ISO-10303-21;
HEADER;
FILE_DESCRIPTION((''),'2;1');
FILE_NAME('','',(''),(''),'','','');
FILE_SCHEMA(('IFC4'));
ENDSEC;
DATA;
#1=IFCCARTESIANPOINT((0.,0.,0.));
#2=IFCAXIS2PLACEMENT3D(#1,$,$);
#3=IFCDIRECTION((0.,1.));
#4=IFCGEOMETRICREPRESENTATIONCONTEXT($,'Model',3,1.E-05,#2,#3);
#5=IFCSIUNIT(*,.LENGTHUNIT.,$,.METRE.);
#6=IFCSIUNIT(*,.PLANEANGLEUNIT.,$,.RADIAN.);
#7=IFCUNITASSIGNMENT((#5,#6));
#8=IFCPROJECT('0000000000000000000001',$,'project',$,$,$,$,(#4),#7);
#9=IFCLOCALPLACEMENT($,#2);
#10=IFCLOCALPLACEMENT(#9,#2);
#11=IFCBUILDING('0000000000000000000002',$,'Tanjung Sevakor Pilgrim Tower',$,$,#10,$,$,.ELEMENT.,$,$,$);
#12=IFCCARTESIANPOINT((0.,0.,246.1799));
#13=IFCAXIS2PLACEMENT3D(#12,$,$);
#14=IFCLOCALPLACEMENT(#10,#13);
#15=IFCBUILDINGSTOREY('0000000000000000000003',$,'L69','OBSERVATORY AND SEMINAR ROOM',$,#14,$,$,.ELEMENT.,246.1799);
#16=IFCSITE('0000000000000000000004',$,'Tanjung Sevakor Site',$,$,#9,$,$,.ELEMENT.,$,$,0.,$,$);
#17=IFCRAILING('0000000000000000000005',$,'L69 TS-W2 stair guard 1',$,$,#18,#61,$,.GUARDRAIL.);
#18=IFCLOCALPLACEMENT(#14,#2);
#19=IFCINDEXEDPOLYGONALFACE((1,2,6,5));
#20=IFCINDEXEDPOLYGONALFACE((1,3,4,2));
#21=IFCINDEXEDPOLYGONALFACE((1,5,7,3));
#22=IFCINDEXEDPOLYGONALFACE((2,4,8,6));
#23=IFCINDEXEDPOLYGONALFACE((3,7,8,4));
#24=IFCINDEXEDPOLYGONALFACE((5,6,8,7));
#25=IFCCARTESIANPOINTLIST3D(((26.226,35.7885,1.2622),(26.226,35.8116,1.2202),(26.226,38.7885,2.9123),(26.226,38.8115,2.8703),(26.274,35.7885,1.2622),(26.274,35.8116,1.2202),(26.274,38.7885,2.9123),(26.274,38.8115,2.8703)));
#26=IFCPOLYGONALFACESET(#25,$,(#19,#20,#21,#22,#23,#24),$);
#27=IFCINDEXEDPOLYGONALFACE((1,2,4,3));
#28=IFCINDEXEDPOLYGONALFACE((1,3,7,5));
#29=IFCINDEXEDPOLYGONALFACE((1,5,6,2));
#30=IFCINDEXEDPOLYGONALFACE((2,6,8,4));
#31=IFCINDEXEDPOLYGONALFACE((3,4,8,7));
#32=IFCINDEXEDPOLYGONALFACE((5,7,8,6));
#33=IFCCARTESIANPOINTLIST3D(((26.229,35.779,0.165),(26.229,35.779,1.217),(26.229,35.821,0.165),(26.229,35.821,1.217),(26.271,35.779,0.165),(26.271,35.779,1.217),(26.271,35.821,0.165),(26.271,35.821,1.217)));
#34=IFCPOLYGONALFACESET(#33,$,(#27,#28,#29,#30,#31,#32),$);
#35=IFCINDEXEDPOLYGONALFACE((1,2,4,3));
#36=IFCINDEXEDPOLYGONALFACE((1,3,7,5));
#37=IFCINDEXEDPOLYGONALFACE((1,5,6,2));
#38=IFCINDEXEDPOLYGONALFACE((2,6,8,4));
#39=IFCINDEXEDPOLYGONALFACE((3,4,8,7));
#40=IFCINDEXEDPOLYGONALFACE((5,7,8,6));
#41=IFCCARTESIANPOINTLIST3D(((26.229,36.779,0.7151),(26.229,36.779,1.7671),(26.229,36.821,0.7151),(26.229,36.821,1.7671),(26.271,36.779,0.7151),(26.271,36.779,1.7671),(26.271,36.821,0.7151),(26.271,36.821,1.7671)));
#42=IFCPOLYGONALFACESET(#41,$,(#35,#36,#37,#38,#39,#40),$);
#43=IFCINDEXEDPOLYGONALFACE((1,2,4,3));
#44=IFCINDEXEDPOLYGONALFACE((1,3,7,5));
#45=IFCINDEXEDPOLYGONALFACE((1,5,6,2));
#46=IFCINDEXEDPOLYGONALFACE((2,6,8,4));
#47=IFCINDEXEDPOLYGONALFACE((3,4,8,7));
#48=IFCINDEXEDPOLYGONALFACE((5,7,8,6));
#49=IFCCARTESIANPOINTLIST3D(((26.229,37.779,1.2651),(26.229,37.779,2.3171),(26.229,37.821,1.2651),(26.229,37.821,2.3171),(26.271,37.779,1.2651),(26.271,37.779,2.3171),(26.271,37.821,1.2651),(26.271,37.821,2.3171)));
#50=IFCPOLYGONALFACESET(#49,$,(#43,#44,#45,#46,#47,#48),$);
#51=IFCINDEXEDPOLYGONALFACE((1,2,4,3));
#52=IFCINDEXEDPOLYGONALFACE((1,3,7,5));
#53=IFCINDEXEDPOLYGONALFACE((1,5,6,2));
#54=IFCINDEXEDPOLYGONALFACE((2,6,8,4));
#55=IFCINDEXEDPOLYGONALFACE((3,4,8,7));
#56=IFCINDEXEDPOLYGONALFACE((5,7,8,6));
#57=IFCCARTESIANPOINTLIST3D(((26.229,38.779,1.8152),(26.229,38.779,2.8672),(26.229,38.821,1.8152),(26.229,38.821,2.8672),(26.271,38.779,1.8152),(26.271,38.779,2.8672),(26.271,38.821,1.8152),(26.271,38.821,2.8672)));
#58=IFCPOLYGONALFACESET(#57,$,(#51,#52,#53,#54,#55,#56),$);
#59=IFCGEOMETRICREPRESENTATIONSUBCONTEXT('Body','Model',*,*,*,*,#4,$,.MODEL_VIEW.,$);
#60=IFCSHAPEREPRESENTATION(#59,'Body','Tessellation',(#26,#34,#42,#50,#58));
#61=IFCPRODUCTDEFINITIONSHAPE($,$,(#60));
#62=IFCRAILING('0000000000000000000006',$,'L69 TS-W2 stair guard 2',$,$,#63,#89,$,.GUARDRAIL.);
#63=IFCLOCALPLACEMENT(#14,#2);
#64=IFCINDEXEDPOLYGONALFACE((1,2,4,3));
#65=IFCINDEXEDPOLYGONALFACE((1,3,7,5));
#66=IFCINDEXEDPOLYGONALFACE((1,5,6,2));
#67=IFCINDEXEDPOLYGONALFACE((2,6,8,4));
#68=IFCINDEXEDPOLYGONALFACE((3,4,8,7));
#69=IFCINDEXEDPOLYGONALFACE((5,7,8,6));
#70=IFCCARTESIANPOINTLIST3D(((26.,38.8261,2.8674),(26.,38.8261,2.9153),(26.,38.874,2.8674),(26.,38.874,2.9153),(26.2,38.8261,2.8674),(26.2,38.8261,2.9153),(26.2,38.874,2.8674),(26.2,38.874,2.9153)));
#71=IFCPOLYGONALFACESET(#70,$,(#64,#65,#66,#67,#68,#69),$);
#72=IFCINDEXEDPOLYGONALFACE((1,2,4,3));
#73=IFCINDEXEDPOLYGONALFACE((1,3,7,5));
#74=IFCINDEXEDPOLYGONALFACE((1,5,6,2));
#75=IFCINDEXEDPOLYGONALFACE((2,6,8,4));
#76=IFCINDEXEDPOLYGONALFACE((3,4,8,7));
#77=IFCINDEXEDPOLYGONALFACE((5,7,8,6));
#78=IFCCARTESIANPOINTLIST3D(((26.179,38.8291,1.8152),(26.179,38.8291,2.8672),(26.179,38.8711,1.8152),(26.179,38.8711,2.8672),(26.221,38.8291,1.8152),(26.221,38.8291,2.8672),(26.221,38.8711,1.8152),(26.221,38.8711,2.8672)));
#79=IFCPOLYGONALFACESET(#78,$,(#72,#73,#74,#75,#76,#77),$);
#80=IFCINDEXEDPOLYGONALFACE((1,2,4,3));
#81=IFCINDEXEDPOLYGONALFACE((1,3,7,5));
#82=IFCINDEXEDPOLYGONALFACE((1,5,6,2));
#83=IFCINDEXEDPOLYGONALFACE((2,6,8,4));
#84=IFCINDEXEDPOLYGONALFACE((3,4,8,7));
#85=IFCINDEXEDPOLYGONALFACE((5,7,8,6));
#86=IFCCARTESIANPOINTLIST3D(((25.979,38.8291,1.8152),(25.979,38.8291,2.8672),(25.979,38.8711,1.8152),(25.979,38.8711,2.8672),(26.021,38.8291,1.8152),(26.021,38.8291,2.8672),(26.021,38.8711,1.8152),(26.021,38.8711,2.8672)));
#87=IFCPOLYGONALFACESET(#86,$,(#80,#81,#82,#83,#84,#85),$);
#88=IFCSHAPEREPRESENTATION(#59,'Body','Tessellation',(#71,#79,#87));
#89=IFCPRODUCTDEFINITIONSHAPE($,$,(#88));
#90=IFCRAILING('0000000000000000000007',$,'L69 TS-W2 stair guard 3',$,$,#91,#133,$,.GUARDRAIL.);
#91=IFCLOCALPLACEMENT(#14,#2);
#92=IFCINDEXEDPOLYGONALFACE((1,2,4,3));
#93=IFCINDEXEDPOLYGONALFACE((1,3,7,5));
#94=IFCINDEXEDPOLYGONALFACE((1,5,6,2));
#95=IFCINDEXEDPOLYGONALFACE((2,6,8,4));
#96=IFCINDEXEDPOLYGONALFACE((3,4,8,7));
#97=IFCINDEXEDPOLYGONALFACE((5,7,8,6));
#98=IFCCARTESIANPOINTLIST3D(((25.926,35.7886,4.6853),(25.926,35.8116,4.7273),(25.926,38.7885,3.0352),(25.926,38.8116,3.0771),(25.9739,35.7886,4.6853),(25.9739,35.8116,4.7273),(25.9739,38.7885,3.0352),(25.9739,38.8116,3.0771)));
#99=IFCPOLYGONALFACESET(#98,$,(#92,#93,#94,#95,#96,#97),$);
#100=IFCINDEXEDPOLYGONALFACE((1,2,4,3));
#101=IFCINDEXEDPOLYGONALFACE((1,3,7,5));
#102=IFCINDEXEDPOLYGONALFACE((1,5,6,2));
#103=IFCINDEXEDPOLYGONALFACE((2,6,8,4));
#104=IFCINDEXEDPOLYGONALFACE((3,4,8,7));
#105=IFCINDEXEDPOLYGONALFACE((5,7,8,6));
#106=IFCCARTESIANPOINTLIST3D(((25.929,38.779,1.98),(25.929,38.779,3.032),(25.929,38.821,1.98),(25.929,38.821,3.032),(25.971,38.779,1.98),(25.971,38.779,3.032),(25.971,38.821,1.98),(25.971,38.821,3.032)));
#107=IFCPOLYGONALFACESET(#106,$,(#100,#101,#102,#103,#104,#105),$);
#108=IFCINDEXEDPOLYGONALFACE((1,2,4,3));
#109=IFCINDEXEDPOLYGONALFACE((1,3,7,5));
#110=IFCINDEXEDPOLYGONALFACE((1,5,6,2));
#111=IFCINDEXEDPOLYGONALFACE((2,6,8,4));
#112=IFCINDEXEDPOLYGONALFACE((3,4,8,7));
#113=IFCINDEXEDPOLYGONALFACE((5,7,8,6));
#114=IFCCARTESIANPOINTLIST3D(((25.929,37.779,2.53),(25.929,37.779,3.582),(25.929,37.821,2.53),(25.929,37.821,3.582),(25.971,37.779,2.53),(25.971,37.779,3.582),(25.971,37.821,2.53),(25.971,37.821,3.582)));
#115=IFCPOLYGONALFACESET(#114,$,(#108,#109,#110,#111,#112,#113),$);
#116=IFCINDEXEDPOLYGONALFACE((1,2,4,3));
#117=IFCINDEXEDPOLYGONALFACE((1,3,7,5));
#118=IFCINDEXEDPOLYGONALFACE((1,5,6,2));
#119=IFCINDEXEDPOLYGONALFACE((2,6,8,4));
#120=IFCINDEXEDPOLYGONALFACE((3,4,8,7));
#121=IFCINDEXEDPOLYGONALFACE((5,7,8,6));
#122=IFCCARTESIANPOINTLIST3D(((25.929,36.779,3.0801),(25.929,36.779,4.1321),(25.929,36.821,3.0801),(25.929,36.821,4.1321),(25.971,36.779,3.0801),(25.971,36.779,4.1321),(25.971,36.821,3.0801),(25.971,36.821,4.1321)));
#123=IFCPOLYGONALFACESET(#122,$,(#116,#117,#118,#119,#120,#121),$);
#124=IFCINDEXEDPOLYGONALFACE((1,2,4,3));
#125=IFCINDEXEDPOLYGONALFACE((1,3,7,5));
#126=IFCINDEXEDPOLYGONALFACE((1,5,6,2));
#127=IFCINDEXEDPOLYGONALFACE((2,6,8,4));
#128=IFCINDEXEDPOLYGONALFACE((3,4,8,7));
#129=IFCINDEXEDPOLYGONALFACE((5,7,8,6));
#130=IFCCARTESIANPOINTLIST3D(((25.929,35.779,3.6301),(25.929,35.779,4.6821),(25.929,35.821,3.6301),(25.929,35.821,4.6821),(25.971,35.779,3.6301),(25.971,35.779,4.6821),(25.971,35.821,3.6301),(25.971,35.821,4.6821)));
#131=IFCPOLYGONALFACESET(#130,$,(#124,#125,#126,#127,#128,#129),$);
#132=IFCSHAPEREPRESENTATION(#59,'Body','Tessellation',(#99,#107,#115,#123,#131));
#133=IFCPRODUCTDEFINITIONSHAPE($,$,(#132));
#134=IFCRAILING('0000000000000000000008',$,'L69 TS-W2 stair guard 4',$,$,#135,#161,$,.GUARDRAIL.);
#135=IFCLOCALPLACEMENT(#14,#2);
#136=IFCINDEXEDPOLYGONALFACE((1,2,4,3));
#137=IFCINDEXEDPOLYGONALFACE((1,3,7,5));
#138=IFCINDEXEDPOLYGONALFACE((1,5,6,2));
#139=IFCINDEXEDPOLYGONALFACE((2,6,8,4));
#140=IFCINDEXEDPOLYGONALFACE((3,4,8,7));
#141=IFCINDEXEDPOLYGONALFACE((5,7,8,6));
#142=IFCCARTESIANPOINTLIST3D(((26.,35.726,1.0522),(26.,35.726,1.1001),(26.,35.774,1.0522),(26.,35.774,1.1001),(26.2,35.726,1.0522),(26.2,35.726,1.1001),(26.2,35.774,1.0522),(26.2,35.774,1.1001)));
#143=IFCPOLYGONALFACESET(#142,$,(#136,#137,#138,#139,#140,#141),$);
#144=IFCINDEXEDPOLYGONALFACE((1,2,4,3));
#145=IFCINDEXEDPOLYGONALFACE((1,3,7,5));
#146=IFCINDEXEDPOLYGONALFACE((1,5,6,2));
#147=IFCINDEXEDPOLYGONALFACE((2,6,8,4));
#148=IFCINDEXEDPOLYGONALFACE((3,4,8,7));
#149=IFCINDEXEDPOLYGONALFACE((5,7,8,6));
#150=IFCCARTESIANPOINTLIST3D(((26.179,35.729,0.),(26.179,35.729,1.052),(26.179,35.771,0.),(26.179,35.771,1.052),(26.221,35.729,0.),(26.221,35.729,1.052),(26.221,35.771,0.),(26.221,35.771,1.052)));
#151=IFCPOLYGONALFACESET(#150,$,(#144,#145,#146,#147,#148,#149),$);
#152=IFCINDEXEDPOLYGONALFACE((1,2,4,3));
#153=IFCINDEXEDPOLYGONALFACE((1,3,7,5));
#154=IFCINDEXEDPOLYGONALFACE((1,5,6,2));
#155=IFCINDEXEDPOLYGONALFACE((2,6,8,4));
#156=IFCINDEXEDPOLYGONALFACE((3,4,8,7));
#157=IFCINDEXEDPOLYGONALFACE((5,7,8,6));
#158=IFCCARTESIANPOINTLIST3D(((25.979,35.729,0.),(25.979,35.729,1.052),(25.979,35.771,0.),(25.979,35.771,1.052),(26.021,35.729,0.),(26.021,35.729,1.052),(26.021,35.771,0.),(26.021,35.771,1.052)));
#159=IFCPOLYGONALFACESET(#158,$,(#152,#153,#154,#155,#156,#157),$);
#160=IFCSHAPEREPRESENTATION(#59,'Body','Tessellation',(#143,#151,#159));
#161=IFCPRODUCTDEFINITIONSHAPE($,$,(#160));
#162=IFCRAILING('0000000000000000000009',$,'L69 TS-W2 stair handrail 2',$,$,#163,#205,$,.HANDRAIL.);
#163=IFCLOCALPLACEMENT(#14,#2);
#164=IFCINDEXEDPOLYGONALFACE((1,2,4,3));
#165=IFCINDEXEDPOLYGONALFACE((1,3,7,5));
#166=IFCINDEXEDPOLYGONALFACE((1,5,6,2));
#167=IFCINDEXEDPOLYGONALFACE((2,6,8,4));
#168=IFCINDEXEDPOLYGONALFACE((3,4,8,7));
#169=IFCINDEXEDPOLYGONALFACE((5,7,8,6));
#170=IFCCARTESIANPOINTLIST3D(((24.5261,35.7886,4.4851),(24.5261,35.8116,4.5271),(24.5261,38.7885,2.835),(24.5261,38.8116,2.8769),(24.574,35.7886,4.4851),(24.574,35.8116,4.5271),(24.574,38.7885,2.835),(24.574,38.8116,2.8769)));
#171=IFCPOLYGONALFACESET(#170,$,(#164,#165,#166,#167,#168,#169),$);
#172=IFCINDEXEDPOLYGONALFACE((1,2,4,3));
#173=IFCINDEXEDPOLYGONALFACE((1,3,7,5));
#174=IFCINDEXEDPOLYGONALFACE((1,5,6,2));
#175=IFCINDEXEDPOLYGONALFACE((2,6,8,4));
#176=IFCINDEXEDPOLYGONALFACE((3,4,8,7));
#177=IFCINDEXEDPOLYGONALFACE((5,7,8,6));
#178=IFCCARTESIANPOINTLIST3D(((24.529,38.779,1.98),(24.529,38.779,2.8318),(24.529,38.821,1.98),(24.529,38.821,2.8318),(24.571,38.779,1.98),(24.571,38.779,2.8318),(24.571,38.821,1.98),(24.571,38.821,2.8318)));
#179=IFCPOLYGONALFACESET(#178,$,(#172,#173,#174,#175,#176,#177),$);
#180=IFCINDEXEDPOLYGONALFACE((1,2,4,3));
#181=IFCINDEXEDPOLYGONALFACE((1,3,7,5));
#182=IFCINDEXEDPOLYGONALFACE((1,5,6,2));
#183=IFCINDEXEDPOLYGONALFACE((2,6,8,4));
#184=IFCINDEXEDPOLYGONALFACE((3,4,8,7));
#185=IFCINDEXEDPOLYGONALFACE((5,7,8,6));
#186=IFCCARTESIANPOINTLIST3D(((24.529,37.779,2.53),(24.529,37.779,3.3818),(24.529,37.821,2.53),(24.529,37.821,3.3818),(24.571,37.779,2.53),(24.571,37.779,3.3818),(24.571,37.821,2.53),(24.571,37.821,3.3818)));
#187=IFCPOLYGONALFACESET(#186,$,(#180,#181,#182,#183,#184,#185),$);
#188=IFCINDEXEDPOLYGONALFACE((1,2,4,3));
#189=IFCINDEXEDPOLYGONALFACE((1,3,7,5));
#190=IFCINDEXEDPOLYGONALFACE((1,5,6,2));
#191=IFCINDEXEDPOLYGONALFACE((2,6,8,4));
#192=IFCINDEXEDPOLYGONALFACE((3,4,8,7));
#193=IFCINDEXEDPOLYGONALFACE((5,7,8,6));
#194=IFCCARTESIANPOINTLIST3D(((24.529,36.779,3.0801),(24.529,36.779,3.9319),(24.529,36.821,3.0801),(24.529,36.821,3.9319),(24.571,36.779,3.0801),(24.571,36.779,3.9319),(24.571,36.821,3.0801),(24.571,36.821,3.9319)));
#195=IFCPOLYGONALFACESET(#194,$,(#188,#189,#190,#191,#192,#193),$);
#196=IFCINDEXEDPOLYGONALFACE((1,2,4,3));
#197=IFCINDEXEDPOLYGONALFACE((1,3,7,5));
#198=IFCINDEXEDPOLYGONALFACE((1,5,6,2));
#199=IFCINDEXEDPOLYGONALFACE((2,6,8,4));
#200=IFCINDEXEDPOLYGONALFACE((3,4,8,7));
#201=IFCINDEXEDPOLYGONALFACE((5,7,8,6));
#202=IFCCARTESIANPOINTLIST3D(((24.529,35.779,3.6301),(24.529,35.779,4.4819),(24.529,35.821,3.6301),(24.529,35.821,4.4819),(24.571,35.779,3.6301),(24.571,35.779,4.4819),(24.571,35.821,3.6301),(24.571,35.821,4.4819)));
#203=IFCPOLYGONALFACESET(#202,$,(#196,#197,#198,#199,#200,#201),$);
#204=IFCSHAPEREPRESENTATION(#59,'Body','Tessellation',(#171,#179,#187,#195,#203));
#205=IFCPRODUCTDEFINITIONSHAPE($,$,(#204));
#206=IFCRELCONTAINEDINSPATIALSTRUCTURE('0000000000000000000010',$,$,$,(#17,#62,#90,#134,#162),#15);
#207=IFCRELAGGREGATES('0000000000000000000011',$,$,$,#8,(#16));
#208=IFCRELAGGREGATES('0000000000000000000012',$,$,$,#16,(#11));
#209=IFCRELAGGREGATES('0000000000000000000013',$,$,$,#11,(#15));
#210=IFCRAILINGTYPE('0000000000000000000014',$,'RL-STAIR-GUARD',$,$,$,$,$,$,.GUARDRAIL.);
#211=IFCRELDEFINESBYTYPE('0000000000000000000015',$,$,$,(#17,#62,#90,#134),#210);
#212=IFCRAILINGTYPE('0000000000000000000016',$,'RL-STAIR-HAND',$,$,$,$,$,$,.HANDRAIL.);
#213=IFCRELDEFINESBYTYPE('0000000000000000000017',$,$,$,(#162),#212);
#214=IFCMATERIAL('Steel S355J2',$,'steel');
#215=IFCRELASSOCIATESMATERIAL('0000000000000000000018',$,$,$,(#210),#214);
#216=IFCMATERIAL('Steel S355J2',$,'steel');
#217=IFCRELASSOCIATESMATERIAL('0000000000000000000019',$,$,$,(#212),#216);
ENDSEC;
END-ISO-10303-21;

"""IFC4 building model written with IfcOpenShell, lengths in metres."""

from ifc_helpers import new_model, si_unit, direction, frame, origin, place, context, subcontext, project, spatial, rectangle, extrude, material, type_object, element, save


model = new_model("IFC4")

# Units and contexts
model_context = context("Model", 3, precision=1e-05, world=origin(), true_north=direction((0.0, 1.0)))
body_context = subcontext(model_context, "Body", "Model", "MODEL_VIEW")
ifc_project = project(units=[si_unit("LENGTHUNIT", "METRE"), si_unit("PLANEANGLEUNIT", "RADIAN")], contexts=[model_context])

# Site, building, storey
site_placement = place(None, origin())
site = spatial("IfcSite", under=ifc_project, at=site_placement, Name="Tanjung Sevakor Site", CompositionType="ELEMENT", RefElevation=0.0)
building_placement = place(site_placement, origin())
building = spatial("IfcBuilding", under=site, at=building_placement, Name="Tanjung Sevakor Pilgrim Tower", CompositionType="ELEMENT")
storey_placement = place(building_placement, frame((0.0, 0.0, 246.1799)))
storey = spatial("IfcBuildingStorey", under=building, at=storey_placement, Name="L69", Description="OBSERVATORY AND SEMINAR ROOM", CompositionType="ELEMENT", Elevation=246.1799)

# Railings
ifc_material_1 = material(Name="Steel S355J2", Category="steel")
railing_type_1 = type_object("IfcRailingType", Name="RL-STAIR-GUARD", PredefinedType="GUARDRAIL", material=ifc_material_1)
railing_1_placement = place(storey_placement, frame((26.25, 35.8, 0.165)))
element("IfcRailing", 1, at=railing_1_placement, inside=storey, type_object=railing_type_1, Name="L69 TS-W2 stair guard 1", PredefinedType="GUARDRAIL", context=body_context, shape_type="SweptSolid", body=[
    extrude(rectangle(XDim=0.0479, YDim=0.0479), frame((0.0, 0.0, 1.0762), z_axis=(0.0, 0.876198, 0.481952), x_axis=(-1.0, 0.0, 0.0)), (0.0, 0.0, 1.0), 3.4238),
    extrude(rectangle(XDim=0.042, YDim=0.042), origin(), (0.0, 0.0, 1.0), 1.052),
    extrude(rectangle(XDim=0.042, YDim=0.042), frame((0.0, 1.0, 0.55)), (0.0, 0.0, 1.0), 1.052),
    extrude(rectangle(XDim=0.042, YDim=0.042), frame((0.0, 2.0, 1.1001)), (0.0, 0.0, 1.0), 1.052),
    extrude(rectangle(XDim=0.042, YDim=0.042), frame((0.0, 3.0, 1.6501)), (0.0, 0.0, 1.0), 1.052),
])
railing_2_placement = place(storey_placement, frame((26.2, 38.8501, 1.8152)))
element("IfcRailing", 2, at=railing_2_placement, inside=storey, type_object=railing_type_1, Name="L69 TS-W2 stair guard 2", PredefinedType="GUARDRAIL", context=body_context, shape_type="SweptSolid", body=[
    extrude(rectangle(XDim=0.0479, YDim=0.0479), frame((0.0, 0.0, 1.0762), z_axis=(-1.0, 0.0, 0.0), x_axis=(0.0, -1.0, 0.0)), (0.0, 0.0, 1.0), 0.2),
    extrude(rectangle(XDim=0.042, YDim=0.042), origin(), (0.0, 0.0, 1.0), 1.052),
    extrude(rectangle(XDim=0.042, YDim=0.042), frame((-0.2, 0.0, 0.0)), (0.0, 0.0, 1.0), 1.052),
])
railing_3_placement = place(storey_placement, frame((25.95, 38.8, 1.98)))
element("IfcRailing", 3, at=railing_3_placement, inside=storey, type_object=railing_type_1, Name="L69 TS-W2 stair guard 3", PredefinedType="GUARDRAIL", context=body_context, shape_type="SweptSolid", body=[
    extrude(rectangle(XDim=0.0479, YDim=0.0479), frame((0.0, 0.0, 1.0762), z_axis=(0.0, -0.876198, 0.481952), x_axis=(1.0, 0.0, 0.0)), (0.0, 0.0, 1.0), 3.4238),
    extrude(rectangle(XDim=0.042, YDim=0.042), origin(), (0.0, 0.0, 1.0), 1.052),
    extrude(rectangle(XDim=0.042, YDim=0.042), frame((0.0, -1.0, 0.55)), (0.0, 0.0, 1.0), 1.052),
    extrude(rectangle(XDim=0.042, YDim=0.042), frame((0.0, -2.0, 1.1001)), (0.0, 0.0, 1.0), 1.052),
    extrude(rectangle(XDim=0.042, YDim=0.042), frame((0.0, -3.0, 1.6501)), (0.0, 0.0, 1.0), 1.052),
])
railing_4_placement = place(storey_placement, frame((26.2, 35.75, 0.0)))
element("IfcRailing", 4, at=railing_4_placement, inside=storey, type_object=railing_type_1, Name="L69 TS-W2 stair guard 4", PredefinedType="GUARDRAIL", context=body_context, shape_type="SweptSolid", body=[
    extrude(rectangle(XDim=0.0479, YDim=0.0479), frame((0.0, 0.0, 1.0762), z_axis=(-1.0, 0.0, 0.0), x_axis=(0.0, -1.0, 0.0)), (0.0, 0.0, 1.0), 0.2),
    extrude(rectangle(XDim=0.042, YDim=0.042), origin(), (0.0, 0.0, 1.0), 1.052),
    extrude(rectangle(XDim=0.042, YDim=0.042), frame((-0.2, 0.0, 0.0)), (0.0, 0.0, 1.0), 1.052),
])
ifc_material_2 = material(Name="Steel S355J2", Category="steel")
railing_type_2 = type_object("IfcRailingType", Name="RL-STAIR-HAND", PredefinedType="HANDRAIL", material=ifc_material_2)
railing_5_placement = place(storey_placement, frame((24.55, 38.8, 1.98)))
element("IfcRailing", 5, at=railing_5_placement, inside=storey, type_object=railing_type_2, Name="L69 TS-W2 stair handrail 2", PredefinedType="HANDRAIL", context=body_context, shape_type="SweptSolid", body=[
    extrude(rectangle(XDim=0.0479, YDim=0.0479), frame((0.0, 0.0, 0.876), z_axis=(0.0, -0.876198, 0.481952), x_axis=(1.0, 0.0, 0.0)), (0.0, 0.0, 1.0), 3.4238),
    extrude(rectangle(XDim=0.042, YDim=0.042), origin(), (0.0, 0.0, 1.0), 0.8518),
    extrude(rectangle(XDim=0.042, YDim=0.042), frame((0.0, -1.0, 0.55)), (0.0, 0.0, 1.0), 0.8518),
    extrude(rectangle(XDim=0.042, YDim=0.042), frame((0.0, -2.0, 1.1001)), (0.0, 0.0, 1.0), 0.8518),
    extrude(rectangle(XDim=0.042, YDim=0.042), frame((0.0, -3.0, 1.6501)), (0.0, 0.0, 1.0), 0.8518),
])

save(model, "model.ifc")
